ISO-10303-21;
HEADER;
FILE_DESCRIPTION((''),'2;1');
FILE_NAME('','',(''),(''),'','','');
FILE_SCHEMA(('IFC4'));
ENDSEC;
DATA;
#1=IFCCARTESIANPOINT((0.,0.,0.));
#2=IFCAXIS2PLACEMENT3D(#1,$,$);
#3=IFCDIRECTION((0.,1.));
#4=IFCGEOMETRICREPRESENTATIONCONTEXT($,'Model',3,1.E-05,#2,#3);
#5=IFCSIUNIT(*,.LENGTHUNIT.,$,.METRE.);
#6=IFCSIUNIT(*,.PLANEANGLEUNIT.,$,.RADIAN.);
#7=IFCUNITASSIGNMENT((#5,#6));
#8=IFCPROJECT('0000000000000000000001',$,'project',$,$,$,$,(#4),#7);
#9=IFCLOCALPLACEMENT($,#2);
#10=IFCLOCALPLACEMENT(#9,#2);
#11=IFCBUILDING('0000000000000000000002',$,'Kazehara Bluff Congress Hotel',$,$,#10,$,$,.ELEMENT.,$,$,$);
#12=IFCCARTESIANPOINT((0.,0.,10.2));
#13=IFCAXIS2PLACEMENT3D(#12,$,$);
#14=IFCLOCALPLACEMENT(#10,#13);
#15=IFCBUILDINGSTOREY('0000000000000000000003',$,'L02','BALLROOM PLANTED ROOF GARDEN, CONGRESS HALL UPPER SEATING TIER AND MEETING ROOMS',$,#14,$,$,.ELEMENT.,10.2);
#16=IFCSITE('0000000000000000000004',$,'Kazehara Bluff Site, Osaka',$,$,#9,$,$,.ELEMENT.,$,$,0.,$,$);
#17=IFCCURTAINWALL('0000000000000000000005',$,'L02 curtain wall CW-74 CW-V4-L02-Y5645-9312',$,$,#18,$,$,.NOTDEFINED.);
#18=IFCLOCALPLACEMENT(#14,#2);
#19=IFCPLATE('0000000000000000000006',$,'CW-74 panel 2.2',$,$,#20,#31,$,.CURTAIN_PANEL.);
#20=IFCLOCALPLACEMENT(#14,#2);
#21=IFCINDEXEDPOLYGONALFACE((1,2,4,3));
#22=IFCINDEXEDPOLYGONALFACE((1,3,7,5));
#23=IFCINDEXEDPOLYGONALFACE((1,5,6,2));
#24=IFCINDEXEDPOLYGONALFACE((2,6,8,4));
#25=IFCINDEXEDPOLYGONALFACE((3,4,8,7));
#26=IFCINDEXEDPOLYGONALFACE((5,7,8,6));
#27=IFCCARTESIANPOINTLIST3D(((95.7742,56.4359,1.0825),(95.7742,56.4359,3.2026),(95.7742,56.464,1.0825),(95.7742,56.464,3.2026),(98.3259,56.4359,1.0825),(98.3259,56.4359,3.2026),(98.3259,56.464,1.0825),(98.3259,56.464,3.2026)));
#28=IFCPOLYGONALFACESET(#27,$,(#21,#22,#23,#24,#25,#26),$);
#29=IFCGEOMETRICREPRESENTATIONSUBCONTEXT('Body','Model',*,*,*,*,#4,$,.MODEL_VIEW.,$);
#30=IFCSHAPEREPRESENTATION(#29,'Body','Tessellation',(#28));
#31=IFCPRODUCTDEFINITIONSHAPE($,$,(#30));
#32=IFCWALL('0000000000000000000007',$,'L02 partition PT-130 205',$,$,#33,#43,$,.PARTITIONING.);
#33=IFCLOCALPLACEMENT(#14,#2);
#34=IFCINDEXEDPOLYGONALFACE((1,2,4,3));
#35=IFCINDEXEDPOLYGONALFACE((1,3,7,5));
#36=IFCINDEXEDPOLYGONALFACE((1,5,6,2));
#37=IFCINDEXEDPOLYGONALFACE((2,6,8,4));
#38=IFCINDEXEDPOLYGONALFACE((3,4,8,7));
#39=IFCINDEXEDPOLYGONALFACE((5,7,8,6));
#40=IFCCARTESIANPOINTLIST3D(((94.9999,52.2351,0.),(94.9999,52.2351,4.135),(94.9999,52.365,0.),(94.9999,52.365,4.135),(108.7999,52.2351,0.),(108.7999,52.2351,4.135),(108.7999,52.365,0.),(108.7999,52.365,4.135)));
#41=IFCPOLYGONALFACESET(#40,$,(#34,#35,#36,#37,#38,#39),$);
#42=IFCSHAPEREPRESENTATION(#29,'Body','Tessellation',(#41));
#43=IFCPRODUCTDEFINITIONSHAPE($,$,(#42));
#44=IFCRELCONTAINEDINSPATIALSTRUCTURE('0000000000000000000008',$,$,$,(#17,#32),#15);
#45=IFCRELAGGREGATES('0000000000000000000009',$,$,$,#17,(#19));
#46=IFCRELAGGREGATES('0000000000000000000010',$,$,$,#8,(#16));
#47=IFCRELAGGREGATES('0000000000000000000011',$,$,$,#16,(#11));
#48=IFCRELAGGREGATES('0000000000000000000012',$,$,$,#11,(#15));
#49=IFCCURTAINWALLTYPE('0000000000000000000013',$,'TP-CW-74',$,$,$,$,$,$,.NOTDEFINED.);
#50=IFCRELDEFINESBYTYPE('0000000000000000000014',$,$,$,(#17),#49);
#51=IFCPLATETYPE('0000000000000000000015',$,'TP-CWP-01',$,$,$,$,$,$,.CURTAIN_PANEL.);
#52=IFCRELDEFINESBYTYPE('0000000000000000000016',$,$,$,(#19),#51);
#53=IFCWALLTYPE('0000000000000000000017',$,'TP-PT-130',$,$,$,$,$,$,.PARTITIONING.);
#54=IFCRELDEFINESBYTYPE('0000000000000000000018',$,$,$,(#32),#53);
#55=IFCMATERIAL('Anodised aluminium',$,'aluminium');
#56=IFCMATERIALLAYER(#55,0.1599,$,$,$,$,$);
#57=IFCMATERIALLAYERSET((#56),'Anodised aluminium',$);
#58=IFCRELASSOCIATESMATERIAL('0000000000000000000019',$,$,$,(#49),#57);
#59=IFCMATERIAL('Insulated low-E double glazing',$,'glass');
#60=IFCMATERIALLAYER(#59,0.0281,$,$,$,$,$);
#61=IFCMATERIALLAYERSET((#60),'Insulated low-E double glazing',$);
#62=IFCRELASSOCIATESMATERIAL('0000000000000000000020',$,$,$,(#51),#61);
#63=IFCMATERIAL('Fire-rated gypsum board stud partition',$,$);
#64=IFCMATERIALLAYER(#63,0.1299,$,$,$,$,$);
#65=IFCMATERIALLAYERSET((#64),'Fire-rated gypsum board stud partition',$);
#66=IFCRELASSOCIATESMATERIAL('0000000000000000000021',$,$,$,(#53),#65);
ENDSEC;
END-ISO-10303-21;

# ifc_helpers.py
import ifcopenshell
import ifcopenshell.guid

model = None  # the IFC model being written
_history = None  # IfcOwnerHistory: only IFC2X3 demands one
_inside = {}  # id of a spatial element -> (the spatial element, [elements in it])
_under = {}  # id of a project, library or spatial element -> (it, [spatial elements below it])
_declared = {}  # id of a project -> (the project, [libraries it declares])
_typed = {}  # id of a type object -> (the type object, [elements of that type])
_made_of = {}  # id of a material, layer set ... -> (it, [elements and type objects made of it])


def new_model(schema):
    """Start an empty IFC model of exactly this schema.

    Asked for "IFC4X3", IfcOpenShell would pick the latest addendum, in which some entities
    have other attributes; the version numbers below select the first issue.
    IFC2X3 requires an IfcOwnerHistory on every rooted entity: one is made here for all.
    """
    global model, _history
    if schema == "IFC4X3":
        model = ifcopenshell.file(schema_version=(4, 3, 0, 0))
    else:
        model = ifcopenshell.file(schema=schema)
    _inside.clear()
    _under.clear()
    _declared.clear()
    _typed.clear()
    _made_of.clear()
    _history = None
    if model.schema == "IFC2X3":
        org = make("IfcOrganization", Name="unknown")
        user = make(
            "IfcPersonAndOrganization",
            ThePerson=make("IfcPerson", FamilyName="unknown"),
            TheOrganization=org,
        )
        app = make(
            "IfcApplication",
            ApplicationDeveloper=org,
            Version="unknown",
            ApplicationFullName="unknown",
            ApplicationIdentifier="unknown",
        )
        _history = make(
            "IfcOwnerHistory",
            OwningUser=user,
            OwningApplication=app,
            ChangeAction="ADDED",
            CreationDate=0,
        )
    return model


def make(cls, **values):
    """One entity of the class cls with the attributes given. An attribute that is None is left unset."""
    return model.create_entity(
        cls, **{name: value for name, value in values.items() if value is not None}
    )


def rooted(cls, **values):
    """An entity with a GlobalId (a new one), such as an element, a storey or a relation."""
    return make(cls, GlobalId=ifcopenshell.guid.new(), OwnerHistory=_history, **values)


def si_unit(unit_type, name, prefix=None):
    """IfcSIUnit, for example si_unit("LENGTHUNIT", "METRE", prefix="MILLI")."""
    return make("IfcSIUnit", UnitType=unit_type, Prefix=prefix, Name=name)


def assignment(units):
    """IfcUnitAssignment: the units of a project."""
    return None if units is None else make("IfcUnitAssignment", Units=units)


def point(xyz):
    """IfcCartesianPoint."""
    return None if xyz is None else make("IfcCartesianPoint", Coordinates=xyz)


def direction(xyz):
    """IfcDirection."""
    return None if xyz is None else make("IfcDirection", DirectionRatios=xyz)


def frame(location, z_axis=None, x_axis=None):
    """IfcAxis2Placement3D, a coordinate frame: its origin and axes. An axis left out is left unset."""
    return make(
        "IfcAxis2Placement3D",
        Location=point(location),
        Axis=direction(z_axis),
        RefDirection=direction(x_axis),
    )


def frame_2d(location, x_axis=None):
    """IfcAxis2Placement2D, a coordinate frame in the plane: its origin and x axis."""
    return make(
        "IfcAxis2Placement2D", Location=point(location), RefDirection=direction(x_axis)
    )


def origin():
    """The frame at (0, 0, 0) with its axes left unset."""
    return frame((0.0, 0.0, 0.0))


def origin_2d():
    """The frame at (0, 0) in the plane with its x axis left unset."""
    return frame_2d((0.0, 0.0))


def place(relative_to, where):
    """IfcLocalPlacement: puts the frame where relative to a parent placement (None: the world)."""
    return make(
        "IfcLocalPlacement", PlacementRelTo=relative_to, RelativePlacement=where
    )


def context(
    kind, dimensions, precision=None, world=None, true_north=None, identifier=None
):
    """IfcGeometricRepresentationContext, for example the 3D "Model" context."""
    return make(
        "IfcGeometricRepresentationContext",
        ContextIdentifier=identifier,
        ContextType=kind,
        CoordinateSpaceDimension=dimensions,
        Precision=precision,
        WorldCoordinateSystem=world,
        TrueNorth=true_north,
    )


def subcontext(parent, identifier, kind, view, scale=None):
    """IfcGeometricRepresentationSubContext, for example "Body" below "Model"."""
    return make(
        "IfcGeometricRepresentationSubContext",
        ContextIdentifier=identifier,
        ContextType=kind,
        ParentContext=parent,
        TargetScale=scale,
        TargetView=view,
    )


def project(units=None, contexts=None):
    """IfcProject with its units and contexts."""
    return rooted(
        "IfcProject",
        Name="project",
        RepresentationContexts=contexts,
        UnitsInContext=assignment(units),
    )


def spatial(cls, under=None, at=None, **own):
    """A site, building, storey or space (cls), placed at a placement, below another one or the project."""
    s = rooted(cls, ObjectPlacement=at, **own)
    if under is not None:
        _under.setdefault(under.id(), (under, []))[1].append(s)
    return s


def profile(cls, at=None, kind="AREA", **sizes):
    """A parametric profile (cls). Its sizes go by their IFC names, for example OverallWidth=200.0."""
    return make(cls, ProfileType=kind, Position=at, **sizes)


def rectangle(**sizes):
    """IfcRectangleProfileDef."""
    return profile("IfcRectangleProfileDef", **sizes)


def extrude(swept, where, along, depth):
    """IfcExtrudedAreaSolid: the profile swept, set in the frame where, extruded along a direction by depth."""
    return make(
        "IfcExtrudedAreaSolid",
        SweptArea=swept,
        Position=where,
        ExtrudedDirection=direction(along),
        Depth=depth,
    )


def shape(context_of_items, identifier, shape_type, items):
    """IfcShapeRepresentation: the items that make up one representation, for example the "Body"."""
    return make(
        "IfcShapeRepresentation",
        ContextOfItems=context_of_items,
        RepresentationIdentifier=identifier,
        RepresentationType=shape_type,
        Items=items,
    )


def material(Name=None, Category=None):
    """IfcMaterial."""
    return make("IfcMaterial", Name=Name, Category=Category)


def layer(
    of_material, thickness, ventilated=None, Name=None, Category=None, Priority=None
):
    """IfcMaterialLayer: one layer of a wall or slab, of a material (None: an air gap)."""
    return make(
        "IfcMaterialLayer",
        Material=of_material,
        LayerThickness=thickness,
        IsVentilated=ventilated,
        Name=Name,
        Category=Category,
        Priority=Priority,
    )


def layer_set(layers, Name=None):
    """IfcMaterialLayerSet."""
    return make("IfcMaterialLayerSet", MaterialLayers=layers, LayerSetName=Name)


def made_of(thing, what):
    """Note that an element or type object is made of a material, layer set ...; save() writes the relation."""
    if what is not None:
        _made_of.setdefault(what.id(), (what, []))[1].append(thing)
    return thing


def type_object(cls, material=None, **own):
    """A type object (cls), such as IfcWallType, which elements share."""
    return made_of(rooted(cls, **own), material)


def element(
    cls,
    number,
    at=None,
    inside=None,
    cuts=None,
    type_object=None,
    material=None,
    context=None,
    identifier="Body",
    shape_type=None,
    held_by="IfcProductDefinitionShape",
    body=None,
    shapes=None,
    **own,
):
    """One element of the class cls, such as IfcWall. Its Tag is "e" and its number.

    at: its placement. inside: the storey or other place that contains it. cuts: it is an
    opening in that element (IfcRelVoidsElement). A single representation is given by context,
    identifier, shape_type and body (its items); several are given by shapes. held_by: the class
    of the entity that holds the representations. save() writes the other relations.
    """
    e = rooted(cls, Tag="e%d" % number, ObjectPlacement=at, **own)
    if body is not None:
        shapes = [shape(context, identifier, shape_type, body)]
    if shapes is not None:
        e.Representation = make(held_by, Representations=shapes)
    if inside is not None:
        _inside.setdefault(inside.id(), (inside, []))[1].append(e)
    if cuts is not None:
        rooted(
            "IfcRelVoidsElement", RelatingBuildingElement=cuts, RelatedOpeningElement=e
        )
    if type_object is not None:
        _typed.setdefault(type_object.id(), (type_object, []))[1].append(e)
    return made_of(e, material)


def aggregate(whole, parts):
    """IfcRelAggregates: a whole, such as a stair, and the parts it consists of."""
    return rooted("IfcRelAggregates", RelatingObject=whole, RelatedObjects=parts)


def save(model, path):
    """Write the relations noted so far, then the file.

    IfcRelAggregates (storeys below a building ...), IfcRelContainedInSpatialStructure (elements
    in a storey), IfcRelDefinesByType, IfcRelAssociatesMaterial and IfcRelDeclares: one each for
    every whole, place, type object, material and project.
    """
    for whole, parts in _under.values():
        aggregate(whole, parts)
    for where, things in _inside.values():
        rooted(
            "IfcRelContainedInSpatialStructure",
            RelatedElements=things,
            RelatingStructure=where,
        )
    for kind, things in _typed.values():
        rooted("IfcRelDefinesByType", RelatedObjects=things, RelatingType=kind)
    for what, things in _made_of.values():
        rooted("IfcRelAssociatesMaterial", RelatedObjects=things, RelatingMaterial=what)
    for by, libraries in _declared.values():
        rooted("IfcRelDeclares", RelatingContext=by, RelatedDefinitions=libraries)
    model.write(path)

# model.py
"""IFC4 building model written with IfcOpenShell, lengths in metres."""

from ifc_helpers import new_model, si_unit, direction, frame, frame_2d, origin, origin_2d, place, context, subcontext, project, spatial, rectangle, extrude, material, layer, layer_set, type_object, element, aggregate, save


model = new_model("IFC4")

# Units and contexts
model_context = context("Model", 3, precision=1e-05, world=origin(), true_north=direction((0.0, 1.0)))
body_context = subcontext(model_context, "Body", "Model", "MODEL_VIEW")
ifc_project = project(units=[si_unit("LENGTHUNIT", "METRE"), si_unit("PLANEANGLEUNIT", "RADIAN")], contexts=[model_context])

# Site, building, storey
site_placement = place(None, origin())
site = spatial("IfcSite", under=ifc_project, at=site_placement, Name="Kazehara Bluff Site, Osaka", CompositionType="ELEMENT", RefElevation=0.0)
building_placement = place(site_placement, origin())
building = spatial("IfcBuilding", under=site, at=building_placement, Name="Kazehara Bluff Congress Hotel", CompositionType="ELEMENT")
storey_placement = place(building_placement, frame((0.0, 0.0, 10.2)))
storey = spatial("IfcBuildingStorey", under=building, at=storey_placement, Name="L02", Description="BALLROOM PLANTED ROOF GARDEN, CONGRESS HALL UPPER SEATING TIER AND MEETING ROOMS", CompositionType="ELEMENT", Elevation=10.2)

# Curtain wall
ifc_material_1 = material(Name="Anodised aluminium", Category="aluminium")
ifc_layer_1 = layer(ifc_material_1, 0.1599)
ifc_layer_set_1 = layer_set([ifc_layer_1], Name="Anodised aluminium")
curtain_wall_type_1 = type_object("IfcCurtainWallType", Name="TP-CW-74", PredefinedType="NOTDEFINED", material=ifc_layer_set_1)
curtain_wall_1_placement = place(storey_placement, origin())
curtain_wall_1 = element("IfcCurtainWall", 1, at=curtain_wall_1_placement, inside=storey, type_object=curtain_wall_type_1, Name="L02 curtain wall CW-74 CW-V4-L02-Y5645-9312", PredefinedType="NOTDEFINED")

# Plate
ifc_material_2 = material(Name="Insulated low-E double glazing", Category="glass")
ifc_layer_2 = layer(ifc_material_2, 0.0281)
ifc_layer_set_2 = layer_set([ifc_layer_2], Name="Insulated low-E double glazing")
plate_type = type_object("IfcPlateType", Name="TP-CWP-01", PredefinedType="CURTAIN_PANEL", material=ifc_layer_set_2)
plate_1_placement = place(storey_placement, frame((97.05, 56.45, 1.0825), z_axis=(0.0, 0.0, 1.0), x_axis=(1.0, 0.0, 0.0)))
plate_1 = element("IfcPlate", 2, at=plate_1_placement, type_object=plate_type, Name="CW-74 panel 2.2", PredefinedType="CURTAIN_PANEL", context=body_context, shape_type="SweptSolid", body=[
    extrude(rectangle(XDim=2.5518, YDim=0.0281, at=origin_2d()), origin(), (0.0, 0.0, 1.0), 2.1201),
])
aggregate(curtain_wall_1, [plate_1])

# Wall
ifc_material_3 = material(Name="Fire-rated gypsum board stud partition")
ifc_layer_3 = layer(ifc_material_3, 0.1299)
ifc_layer_set_3 = layer_set([ifc_layer_3], Name="Fire-rated gypsum board stud partition")
wall_type = type_object("IfcWallType", Name="TP-PT-130", PredefinedType="PARTITIONING", material=ifc_layer_set_3)
wall_placement = place(storey_placement, frame((95.0, 52.3, 0.0), z_axis=(0.0, 0.0, 1.0), x_axis=(1.0, 0.0, 0.0)))
element("IfcWall", 3, at=wall_placement, inside=storey, type_object=wall_type, Name="L02 partition PT-130 205", PredefinedType="PARTITIONING", context=body_context, shape_type="SweptSolid", body=[
    extrude(rectangle(XDim=13.8, YDim=0.1299, at=frame_2d((6.8999, 0.0))), origin(), (0.0, 0.0, 1.0), 4.135),
])

save(model, "model.ifc")
